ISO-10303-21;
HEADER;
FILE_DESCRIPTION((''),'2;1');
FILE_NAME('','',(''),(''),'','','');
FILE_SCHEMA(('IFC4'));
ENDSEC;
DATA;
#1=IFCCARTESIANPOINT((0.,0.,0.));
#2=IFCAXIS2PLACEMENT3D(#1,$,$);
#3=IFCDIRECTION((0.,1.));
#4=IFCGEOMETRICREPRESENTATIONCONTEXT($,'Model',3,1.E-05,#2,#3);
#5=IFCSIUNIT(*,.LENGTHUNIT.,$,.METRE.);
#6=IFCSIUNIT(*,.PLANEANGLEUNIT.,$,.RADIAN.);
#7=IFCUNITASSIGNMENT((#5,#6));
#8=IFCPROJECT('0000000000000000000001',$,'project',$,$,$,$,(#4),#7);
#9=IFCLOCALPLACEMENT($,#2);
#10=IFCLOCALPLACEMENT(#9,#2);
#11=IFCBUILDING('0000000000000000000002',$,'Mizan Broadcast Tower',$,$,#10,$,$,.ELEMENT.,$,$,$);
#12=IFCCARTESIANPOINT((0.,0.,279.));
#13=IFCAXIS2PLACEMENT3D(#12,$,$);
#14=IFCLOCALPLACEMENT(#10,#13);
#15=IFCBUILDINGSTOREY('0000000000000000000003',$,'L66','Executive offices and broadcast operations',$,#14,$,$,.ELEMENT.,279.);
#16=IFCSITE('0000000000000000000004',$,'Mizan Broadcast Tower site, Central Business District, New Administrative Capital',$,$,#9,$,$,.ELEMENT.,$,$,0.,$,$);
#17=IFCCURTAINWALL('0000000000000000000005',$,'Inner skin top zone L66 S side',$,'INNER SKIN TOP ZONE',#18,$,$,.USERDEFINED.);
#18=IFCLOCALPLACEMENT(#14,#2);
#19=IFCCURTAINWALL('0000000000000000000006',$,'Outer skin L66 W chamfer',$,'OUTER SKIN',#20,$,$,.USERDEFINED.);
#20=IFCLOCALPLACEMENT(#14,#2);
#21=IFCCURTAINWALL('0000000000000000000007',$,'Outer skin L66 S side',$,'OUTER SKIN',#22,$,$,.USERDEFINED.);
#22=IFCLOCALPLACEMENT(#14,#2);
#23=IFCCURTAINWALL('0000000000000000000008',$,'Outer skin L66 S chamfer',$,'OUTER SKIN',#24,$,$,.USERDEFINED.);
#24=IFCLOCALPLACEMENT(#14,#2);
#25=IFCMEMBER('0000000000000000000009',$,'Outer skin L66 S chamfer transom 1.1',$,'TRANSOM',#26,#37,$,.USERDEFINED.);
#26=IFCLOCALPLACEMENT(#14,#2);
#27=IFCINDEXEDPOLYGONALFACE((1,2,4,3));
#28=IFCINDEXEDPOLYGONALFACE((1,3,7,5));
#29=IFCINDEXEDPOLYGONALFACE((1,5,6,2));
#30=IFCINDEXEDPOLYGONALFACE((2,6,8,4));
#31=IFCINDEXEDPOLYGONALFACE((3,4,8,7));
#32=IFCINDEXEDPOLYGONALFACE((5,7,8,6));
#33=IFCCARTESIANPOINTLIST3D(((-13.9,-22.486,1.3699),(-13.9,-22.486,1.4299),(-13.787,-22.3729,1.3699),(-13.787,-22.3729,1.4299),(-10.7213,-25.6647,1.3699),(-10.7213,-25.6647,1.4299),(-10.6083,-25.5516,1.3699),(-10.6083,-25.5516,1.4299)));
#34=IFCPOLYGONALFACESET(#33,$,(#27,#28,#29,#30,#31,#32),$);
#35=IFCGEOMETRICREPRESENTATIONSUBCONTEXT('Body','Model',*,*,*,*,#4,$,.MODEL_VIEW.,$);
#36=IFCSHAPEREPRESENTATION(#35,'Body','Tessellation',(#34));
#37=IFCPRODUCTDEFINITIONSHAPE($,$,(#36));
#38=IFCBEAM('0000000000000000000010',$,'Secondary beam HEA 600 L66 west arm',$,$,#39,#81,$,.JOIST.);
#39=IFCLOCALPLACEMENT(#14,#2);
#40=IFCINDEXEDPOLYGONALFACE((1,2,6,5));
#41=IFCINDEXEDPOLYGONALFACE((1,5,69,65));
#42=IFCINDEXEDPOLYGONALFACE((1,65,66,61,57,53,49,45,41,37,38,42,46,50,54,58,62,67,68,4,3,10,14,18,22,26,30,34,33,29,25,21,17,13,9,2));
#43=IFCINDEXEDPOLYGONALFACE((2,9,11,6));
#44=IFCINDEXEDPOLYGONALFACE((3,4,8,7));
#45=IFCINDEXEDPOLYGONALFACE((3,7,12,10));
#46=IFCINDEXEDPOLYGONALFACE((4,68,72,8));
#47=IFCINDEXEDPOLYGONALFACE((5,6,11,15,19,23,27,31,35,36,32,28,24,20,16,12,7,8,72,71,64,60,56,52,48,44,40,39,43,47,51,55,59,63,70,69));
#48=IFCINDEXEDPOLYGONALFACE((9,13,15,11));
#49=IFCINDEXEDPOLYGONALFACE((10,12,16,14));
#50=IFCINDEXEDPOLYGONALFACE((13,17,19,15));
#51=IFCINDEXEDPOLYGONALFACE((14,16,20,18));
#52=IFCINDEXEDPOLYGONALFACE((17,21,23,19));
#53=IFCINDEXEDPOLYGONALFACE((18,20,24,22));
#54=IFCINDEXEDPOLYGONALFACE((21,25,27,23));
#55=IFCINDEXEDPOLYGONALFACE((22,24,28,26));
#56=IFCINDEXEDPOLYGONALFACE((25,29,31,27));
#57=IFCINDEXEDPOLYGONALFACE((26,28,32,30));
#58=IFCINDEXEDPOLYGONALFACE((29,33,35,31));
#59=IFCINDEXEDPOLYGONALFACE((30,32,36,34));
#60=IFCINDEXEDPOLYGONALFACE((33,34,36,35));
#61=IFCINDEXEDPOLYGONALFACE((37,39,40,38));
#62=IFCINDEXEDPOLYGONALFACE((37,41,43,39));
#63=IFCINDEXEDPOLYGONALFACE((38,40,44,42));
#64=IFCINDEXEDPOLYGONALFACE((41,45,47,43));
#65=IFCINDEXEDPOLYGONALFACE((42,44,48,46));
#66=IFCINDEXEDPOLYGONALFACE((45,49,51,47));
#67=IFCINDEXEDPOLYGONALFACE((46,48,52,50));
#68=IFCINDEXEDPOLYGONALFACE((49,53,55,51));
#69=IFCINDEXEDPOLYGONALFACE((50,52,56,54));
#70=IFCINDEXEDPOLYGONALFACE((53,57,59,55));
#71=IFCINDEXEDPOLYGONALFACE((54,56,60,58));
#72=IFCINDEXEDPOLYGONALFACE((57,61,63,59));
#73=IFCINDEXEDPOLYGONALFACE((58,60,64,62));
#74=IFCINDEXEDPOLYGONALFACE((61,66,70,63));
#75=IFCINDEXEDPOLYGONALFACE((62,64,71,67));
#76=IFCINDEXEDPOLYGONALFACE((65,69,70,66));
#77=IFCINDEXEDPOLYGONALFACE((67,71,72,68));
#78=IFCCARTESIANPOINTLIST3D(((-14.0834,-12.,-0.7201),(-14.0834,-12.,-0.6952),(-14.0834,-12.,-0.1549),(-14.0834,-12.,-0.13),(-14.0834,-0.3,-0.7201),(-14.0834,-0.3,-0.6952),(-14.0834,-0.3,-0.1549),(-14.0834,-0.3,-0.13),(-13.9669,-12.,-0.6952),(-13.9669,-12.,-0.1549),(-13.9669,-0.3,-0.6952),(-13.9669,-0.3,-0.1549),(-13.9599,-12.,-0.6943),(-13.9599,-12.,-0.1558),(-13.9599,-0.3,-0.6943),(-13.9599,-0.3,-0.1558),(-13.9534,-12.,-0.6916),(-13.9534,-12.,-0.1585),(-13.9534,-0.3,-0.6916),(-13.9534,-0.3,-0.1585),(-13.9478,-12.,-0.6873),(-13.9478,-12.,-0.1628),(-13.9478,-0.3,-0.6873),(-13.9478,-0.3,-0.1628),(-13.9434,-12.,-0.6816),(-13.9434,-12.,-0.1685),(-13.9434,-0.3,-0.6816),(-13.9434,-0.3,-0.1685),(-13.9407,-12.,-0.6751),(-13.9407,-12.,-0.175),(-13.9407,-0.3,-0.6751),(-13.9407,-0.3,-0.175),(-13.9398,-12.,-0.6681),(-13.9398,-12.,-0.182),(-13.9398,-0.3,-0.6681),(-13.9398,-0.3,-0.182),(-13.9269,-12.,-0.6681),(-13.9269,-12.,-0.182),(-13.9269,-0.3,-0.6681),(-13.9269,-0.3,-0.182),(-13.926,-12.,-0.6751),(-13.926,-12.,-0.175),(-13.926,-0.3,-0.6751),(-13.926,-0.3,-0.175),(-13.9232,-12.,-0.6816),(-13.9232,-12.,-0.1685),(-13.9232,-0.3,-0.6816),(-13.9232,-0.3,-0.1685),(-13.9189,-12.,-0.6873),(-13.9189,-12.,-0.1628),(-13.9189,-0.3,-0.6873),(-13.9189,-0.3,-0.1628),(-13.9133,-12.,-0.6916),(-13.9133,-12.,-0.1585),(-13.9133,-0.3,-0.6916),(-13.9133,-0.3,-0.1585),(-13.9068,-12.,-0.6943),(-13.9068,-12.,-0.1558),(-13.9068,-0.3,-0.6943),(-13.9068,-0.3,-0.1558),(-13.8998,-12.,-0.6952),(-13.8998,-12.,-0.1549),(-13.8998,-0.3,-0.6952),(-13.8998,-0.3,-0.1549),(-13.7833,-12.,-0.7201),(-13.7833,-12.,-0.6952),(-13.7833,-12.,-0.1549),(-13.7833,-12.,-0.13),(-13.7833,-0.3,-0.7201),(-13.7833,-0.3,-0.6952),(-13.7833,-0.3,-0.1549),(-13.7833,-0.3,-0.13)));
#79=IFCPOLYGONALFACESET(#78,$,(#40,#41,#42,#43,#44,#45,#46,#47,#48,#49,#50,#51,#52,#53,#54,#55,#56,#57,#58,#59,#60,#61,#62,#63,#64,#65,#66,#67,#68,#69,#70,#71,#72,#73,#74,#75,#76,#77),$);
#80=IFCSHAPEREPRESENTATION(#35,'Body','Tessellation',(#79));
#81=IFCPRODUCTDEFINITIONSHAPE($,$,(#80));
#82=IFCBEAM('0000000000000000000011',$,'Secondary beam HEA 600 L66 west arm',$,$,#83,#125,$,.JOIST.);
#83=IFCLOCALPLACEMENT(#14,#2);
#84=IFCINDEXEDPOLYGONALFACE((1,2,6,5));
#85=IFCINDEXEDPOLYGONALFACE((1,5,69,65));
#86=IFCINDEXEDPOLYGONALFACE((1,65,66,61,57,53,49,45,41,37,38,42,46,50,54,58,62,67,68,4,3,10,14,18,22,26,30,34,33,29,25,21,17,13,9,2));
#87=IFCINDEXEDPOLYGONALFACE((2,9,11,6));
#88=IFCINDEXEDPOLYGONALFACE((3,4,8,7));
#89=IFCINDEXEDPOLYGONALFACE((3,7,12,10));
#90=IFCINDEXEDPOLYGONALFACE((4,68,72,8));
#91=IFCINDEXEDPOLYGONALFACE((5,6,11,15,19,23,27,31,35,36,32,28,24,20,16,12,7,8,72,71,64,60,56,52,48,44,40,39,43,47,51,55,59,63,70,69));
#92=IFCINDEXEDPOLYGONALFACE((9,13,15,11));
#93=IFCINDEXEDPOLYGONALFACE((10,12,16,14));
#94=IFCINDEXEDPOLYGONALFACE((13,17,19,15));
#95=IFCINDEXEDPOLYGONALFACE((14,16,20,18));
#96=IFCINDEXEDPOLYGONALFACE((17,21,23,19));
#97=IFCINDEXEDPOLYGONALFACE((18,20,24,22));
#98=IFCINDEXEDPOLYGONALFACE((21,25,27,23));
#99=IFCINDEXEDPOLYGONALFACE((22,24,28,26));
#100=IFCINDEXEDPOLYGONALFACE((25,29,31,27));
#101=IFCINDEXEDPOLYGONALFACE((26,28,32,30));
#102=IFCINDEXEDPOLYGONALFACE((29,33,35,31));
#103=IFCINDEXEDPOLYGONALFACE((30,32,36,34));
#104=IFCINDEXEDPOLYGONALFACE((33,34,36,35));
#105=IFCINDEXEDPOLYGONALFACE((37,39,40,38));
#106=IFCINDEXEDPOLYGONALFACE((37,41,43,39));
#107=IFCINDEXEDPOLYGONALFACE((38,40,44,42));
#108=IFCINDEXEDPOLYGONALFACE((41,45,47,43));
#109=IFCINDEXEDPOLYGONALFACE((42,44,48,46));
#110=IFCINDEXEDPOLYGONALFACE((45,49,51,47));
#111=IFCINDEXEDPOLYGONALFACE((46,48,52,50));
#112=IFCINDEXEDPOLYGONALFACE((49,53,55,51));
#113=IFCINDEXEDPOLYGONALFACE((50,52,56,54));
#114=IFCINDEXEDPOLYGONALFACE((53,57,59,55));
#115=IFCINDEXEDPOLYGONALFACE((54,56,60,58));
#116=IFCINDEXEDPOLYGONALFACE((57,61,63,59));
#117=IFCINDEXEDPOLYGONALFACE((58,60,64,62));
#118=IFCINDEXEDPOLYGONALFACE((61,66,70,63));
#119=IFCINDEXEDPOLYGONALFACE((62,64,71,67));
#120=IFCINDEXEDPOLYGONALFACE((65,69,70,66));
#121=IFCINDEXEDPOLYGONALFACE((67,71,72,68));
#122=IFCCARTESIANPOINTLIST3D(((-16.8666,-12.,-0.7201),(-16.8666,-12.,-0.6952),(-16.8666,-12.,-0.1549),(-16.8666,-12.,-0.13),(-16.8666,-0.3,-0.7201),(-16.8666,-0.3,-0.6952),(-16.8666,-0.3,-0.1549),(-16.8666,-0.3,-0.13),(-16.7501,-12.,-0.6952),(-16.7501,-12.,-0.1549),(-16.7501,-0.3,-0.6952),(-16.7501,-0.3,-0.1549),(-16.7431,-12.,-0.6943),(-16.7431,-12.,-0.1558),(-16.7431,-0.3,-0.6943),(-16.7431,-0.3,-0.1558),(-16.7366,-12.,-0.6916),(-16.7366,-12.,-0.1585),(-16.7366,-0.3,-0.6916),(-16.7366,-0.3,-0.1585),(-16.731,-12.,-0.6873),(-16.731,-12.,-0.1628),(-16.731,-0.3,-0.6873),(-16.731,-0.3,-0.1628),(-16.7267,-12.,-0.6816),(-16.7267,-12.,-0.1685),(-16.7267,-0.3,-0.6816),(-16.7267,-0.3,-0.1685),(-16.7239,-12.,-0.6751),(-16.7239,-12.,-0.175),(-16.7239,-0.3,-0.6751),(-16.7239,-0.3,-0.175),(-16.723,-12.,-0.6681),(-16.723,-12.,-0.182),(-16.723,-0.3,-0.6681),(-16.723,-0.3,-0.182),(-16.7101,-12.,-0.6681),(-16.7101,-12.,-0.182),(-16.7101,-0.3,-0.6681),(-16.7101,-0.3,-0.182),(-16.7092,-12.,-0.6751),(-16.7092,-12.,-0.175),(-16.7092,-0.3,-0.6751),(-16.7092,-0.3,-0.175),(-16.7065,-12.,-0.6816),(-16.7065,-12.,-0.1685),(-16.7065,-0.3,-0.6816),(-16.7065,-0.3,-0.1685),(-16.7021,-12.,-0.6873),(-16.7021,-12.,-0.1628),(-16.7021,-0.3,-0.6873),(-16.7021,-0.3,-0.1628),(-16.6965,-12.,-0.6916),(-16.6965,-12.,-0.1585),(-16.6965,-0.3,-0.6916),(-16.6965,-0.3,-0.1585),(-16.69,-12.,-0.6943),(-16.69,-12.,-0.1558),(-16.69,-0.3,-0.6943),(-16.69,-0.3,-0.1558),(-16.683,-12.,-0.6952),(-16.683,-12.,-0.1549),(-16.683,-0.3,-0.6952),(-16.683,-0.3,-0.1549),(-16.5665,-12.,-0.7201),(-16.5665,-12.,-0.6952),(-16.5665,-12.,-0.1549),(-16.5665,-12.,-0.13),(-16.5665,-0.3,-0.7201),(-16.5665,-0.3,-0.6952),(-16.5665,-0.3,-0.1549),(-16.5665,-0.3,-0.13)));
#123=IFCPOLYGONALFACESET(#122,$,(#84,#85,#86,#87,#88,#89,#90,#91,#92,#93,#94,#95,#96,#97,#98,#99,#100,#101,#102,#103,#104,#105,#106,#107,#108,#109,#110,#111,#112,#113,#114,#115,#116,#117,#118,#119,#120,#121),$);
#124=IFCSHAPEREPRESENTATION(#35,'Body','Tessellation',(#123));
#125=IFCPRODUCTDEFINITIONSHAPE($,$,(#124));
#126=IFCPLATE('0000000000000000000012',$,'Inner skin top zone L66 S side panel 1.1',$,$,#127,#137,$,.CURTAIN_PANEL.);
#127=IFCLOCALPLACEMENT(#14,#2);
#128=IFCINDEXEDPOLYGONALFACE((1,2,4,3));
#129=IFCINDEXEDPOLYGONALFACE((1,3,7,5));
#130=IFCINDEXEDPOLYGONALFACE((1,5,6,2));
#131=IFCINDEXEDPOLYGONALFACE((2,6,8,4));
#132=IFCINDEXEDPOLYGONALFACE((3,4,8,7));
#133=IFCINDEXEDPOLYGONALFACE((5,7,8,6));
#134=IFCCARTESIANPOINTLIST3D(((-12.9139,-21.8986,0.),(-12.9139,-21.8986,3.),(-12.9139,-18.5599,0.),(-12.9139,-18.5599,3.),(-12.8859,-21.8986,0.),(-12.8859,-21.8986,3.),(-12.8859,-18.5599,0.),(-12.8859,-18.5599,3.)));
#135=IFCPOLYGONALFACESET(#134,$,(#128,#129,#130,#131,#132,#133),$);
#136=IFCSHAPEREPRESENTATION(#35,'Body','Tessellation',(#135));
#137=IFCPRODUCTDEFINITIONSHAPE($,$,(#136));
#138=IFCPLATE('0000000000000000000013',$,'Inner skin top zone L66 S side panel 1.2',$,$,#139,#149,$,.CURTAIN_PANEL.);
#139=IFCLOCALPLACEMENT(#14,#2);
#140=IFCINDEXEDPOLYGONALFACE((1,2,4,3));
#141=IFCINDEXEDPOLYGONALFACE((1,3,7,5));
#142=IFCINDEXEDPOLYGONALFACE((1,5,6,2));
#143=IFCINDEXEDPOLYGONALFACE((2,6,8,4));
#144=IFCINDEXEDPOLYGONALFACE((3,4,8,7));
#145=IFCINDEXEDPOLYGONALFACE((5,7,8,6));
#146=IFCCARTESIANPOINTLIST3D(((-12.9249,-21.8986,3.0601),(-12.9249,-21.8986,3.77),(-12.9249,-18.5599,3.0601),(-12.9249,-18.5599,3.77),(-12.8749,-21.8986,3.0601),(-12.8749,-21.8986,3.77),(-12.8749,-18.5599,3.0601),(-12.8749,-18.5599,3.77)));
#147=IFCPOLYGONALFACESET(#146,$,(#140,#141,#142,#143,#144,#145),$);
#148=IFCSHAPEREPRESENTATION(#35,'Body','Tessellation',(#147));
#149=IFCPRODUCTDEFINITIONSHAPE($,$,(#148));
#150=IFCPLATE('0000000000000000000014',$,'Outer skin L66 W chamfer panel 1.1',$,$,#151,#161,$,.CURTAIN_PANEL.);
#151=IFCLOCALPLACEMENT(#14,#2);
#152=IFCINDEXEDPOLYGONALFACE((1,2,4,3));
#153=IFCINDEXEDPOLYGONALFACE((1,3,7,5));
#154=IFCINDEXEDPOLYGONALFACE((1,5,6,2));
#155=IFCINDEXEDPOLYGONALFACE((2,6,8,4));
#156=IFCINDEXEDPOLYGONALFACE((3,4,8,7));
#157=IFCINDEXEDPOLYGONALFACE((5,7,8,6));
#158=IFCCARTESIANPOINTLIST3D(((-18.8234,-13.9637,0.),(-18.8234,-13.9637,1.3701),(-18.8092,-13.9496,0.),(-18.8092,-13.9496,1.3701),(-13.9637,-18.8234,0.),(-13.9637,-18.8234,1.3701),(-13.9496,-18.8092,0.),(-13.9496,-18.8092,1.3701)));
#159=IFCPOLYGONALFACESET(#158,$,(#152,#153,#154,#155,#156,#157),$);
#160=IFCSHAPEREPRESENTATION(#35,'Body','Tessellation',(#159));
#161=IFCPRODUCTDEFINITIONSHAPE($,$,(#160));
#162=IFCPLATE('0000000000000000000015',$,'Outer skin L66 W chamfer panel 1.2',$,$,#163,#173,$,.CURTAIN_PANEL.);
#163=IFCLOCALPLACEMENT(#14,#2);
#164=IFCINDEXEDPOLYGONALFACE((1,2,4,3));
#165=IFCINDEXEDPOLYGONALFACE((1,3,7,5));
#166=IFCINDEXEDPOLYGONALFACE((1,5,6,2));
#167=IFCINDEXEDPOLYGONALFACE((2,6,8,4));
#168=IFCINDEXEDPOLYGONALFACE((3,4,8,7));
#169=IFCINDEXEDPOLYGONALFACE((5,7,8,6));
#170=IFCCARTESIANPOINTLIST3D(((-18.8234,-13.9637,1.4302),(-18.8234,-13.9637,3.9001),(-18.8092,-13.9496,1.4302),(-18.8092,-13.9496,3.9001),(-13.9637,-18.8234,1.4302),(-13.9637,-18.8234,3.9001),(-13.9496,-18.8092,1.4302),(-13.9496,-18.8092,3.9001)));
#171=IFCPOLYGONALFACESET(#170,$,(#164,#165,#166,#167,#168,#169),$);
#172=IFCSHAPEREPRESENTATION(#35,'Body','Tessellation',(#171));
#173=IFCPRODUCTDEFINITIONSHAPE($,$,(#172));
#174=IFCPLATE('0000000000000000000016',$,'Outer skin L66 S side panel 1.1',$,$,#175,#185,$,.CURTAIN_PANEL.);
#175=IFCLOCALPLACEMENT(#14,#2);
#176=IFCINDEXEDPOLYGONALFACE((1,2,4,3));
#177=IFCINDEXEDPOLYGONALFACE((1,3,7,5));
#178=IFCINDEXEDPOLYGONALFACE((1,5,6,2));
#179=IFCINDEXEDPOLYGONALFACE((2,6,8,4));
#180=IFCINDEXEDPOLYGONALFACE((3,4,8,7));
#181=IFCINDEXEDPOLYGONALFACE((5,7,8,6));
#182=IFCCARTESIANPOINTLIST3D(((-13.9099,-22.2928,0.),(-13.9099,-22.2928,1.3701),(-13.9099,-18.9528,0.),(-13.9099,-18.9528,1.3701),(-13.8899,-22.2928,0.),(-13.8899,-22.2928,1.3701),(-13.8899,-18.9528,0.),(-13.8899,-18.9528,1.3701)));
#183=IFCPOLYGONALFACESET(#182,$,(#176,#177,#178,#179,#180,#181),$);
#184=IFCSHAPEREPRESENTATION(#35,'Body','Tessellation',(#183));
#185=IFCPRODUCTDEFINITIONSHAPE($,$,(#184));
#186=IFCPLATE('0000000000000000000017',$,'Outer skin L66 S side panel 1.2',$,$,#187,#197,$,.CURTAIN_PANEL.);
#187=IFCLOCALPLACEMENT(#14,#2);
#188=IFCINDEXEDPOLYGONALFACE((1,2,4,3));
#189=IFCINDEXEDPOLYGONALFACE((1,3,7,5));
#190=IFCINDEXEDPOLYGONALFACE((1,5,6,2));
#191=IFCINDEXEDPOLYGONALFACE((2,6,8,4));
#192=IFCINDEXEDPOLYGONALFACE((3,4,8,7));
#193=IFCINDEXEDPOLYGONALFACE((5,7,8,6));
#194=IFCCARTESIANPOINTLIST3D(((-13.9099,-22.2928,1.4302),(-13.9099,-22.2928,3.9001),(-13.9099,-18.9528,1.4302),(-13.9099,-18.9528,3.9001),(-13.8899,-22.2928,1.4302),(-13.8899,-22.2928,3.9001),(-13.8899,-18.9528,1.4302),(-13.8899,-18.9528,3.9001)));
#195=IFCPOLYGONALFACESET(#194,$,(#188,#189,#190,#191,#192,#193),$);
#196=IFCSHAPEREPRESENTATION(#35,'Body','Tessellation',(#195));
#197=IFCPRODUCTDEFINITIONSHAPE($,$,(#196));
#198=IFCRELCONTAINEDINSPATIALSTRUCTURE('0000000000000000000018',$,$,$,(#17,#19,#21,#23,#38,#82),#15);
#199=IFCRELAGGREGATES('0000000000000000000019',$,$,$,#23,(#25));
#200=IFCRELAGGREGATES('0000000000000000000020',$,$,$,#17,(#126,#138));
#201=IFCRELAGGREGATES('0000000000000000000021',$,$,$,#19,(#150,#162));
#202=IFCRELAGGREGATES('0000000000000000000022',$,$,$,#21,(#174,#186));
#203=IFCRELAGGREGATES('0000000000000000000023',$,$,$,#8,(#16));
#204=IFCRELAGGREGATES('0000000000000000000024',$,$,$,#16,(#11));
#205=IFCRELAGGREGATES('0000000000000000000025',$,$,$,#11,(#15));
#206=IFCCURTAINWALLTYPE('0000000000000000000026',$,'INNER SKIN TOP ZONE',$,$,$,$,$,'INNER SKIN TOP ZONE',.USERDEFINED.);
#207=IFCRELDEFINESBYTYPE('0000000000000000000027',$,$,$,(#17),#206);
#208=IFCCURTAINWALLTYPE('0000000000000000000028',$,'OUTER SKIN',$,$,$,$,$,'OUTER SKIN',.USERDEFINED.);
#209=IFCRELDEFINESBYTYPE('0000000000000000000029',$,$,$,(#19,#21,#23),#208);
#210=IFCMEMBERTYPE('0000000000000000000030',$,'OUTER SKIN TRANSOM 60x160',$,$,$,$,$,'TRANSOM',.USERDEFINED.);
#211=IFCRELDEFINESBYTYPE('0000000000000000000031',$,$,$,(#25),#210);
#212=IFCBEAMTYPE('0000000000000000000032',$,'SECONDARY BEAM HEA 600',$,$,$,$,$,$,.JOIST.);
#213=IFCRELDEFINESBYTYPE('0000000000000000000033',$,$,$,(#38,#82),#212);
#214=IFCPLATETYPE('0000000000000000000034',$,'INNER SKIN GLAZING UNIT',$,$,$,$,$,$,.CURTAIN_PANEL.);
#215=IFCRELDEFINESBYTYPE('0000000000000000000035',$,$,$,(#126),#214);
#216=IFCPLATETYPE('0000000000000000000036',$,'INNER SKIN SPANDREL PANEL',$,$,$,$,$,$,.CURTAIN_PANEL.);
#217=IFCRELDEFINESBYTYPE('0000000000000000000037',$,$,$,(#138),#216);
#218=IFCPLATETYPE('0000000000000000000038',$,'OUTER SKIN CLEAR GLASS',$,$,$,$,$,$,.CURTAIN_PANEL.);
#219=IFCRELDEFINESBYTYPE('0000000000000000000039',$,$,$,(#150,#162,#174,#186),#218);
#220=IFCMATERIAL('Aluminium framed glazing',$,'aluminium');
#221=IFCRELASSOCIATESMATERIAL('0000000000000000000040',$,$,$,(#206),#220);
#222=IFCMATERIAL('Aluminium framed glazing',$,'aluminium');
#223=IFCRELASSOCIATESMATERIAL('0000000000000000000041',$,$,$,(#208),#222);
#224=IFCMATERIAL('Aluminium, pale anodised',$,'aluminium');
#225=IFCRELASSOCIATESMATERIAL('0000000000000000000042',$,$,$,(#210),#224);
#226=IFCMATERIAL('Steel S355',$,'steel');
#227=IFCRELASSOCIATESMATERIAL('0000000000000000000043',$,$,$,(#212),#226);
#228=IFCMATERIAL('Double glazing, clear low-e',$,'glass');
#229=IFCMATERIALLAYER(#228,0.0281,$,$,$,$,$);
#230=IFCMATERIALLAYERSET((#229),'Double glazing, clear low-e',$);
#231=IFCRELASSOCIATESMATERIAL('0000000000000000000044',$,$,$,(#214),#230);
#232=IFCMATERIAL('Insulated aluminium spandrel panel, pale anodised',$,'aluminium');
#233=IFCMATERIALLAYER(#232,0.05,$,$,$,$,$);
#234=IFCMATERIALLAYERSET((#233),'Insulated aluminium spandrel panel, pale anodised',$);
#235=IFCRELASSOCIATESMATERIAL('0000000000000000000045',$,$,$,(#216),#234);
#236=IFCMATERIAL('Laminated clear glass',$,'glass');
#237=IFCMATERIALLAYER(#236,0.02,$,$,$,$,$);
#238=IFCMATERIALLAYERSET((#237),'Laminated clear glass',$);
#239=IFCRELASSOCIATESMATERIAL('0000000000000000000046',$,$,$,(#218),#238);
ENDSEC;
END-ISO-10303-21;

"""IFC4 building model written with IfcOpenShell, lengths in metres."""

from ifc_helpers import new_model, si_unit, direction, frame, origin, origin_2d, place, context, subcontext, project, spatial, rectangle, i_section, extrude, material, layer, layer_set, material_profile, profile_set, type_object, element, aggregate, save


model = new_model("IFC4")

# Units and contexts
model_context = context("Model", 3, precision=1e-05, world=origin(), true_north=direction((0.0, 1.0)))
body_context = subcontext(model_context, "Body", "Model", "MODEL_VIEW")
ifc_project = project(units=[si_unit("LENGTHUNIT", "METRE"), si_unit("PLANEANGLEUNIT", "RADIAN")], contexts=[model_context])

# Site, building, storey
site_placement = place(None, origin())
site = spatial("IfcSite", under=ifc_project, at=site_placement, Name="Mizan Broadcast Tower site, Central Business District, New Administrative Capital", CompositionType="ELEMENT", RefElevation=0.0)
building_placement = place(site_placement, origin())
building = spatial("IfcBuilding", under=site, at=building_placement, Name="Mizan Broadcast Tower", CompositionType="ELEMENT")
storey_placement = place(building_placement, frame((0.0, 0.0, 279.0)))
storey = spatial("IfcBuildingStorey", under=building, at=storey_placement, Name="L66", Description="Executive offices and broadcast operations", CompositionType="ELEMENT", Elevation=279.0)

# Shared definitions
ifc_material_1 = material(Name="Aluminium framed glazing", Category="aluminium")
curtain_wall_type_1 = type_object("IfcCurtainWallType", Name="INNER SKIN TOP ZONE", ElementType="INNER SKIN TOP ZONE", PredefinedType="USERDEFINED", material=ifc_material_1)

# Curtain wall
curtain_wall_1_placement = place(storey_placement, origin())
curtain_wall_1 = element("IfcCurtainWall", 1, at=curtain_wall_1_placement, inside=storey, type_object=curtain_wall_type_1, Name="Inner skin top zone L66 S side", ObjectType="INNER SKIN TOP ZONE", PredefinedType="USERDEFINED")

# Curtain walls
ifc_material_2 = material(Name="Aluminium framed glazing", Category="aluminium")
curtain_wall_type_2 = type_object("IfcCurtainWallType", Name="OUTER SKIN", ElementType="OUTER SKIN", PredefinedType="USERDEFINED", material=ifc_material_2)
curtain_wall_2_placement = place(storey_placement, origin())
curtain_wall_2 = element("IfcCurtainWall", 2, at=curtain_wall_2_placement, inside=storey, type_object=curtain_wall_type_2, Name="Outer skin L66 W chamfer", ObjectType="OUTER SKIN", PredefinedType="USERDEFINED")
curtain_wall_3_placement = place(storey_placement, origin())
curtain_wall_3 = element("IfcCurtainWall", 3, at=curtain_wall_3_placement, inside=storey, type_object=curtain_wall_type_2, Name="Outer skin L66 S side", ObjectType="OUTER SKIN", PredefinedType="USERDEFINED")

# Shared definitions
ifc_material_3 = material(Name="Aluminium, pale anodised", Category="aluminium")
ifc_material_profile_1 = material_profile(ifc_material_3, rectangle(XDim=0.1599, YDim=0.0601, at=origin_2d()), Name="TRANSOM 160x60")
ifc_profile_set_1 = profile_set([ifc_material_profile_1], Name="Aluminium, pale anodised")
member_type_1 = type_object("IfcMemberType", Name="OUTER SKIN TRANSOM 60x160", ElementType="TRANSOM", PredefinedType="USERDEFINED", material=ifc_profile_set_1)

# Curtain wall, member
curtain_wall_4_placement = place(storey_placement, origin())
curtain_wall_4 = element("IfcCurtainWall", 4, at=curtain_wall_4_placement, inside=storey, type_object=curtain_wall_type_2, Name="Outer skin L66 S chamfer", ObjectType="OUTER SKIN", PredefinedType="USERDEFINED")
member_1_placement = place(storey_placement, frame((-13.8435, -22.4294, 1.3999), z_axis=(0.707107, -0.707107, 0.0), x_axis=(0.707107, 0.707107, 0.0)))
member_1 = element("IfcMember", 5, at=member_1_placement, type_object=member_type_1, Name="Outer skin L66 S chamfer transom 1.1", ObjectType="TRANSOM", PredefinedType="USERDEFINED", context=body_context, shape_type="SweptSolid", body=[
    extrude(rectangle(XDim=0.1599, YDim=0.0601, at=origin_2d()), origin(), (0.0, 0.0, 1.0), 4.4954),
])
aggregate(curtain_wall_4, [member_1])

# Beams
ifc_material_4 = material(Name="Steel S355", Category="steel")
ifc_material_profile_2 = material_profile(ifc_material_4, i_section(OverallWidth=0.3, OverallDepth=0.5901, WebThickness=0.0129, FlangeThickness=0.0249, FilletRadius=0.0271, at=origin_2d()), Name="HEA 600")
ifc_profile_set_2 = profile_set([ifc_material_profile_2], Name="Steel S355")
beam_type_1 = type_object("IfcBeamType", Name="SECONDARY BEAM HEA 600", PredefinedType="JOIST", material=ifc_profile_set_2)
for number, where, z_axis, x_axis, name in (
    (6, (-13.9333, -12.0, -0.425), (0.0, 1.0, 0.0), (-1.0, 0.0, 0.0), "Secondary beam HEA 600 L66 west arm"),
    (7, (-16.7166, -12.0, -0.425), (0.0, 1.0, 0.0), (-1.0, 0.0, 0.0), "Secondary beam HEA 600 L66 west arm"),
):
    element("IfcBeam", number, at=place(storey_placement, frame(where, z_axis=z_axis, x_axis=x_axis)), inside=storey, type_object=beam_type_1, Name=name, PredefinedType="JOIST", context=body_context, shape_type="SweptSolid", body=[
        extrude(i_section(OverallWidth=0.3, OverallDepth=0.5901, WebThickness=0.0129, FlangeThickness=0.0249, FilletRadius=0.0271, at=origin_2d()), origin(), (0.0, 0.0, 1.0), 11.7),
    ])

# Plates
ifc_material_5 = material(Name="Double glazing, clear low-e", Category="glass")
ifc_layer_1 = layer(ifc_material_5, 0.0281)
ifc_layer_set_1 = layer_set([ifc_layer_1], Name="Double glazing, clear low-e")
plate_type_1 = type_object("IfcPlateType", Name="INNER SKIN GLAZING UNIT", PredefinedType="CURTAIN_PANEL", material=ifc_layer_set_1)
plate_1_placement = place(storey_placement, frame((-12.8999, -20.2292, 0.0), z_axis=(0.0, 0.0, 1.0), x_axis=(0.0, -1.0, 0.0)))
plate_1 = element("IfcPlate", 8, at=plate_1_placement, type_object=plate_type_1, Name="Inner skin top zone L66 S side panel 1.1", PredefinedType="CURTAIN_PANEL", context=body_context, shape_type="SweptSolid", body=[
    extrude(rectangle(XDim=3.3386, YDim=0.0281, at=origin_2d()), origin(), (0.0, 0.0, 1.0), 3.0),
])
ifc_material_6 = material(Name="Insulated aluminium spandrel panel, pale anodised", Category="aluminium")
ifc_layer_2 = layer(ifc_material_6, 0.05)
ifc_layer_set_2 = layer_set([ifc_layer_2], Name="Insulated aluminium spandrel panel, pale anodised")
plate_type_2 = type_object("IfcPlateType", Name="INNER SKIN SPANDREL PANEL", PredefinedType="CURTAIN_PANEL", material=ifc_layer_set_2)
plate_2_placement = place(storey_placement, frame((-12.8999, -20.2292, 3.0601), z_axis=(0.0, 0.0, 1.0), x_axis=(0.0, -1.0, 0.0)))
plate_2 = element("IfcPlate", 9, at=plate_2_placement, type_object=plate_type_2, Name="Inner skin top zone L66 S side panel 1.2", PredefinedType="CURTAIN_PANEL", context=body_context, shape_type="SweptSolid", body=[
    extrude(rectangle(XDim=3.3386, YDim=0.05, at=origin_2d()), origin(), (0.0, 0.0, 1.0), 0.71),
])
aggregate(curtain_wall_1, [plate_1, plate_2])
ifc_material_7 = material(Name="Laminated clear glass", Category="glass")
ifc_layer_3 = layer(ifc_material_7, 0.02)
ifc_layer_set_3 = layer_set([ifc_layer_3], Name="Laminated clear glass")
plate_type_3 = type_object("IfcPlateType", Name="OUTER SKIN CLEAR GLASS", PredefinedType="CURTAIN_PANEL", material=ifc_layer_set_3)
plate_3_placement = place(storey_placement, frame((-16.3865, -16.3865, 0.0), z_axis=(0.0, 0.0, 1.0), x_axis=(0.707107, -0.707107, 0.0)))
plate_3 = element("IfcPlate", 10, at=plate_3_placement, type_object=plate_type_3, Name="Outer skin L66 W chamfer panel 1.1", PredefinedType="CURTAIN_PANEL", context=body_context, shape_type="SweptSolid", body=[
    extrude(rectangle(XDim=6.8726, YDim=0.02, at=origin_2d()), origin(), (0.0, 0.0, 1.0), 1.3701),
])
plate_4_placement = place(storey_placement, frame((-16.3865, -16.3865, 1.4302), z_axis=(0.0, 0.0, 1.0), x_axis=(0.707107, -0.707107, 0.0)))
plate_4 = element("IfcPlate", 11, at=plate_4_placement, type_object=plate_type_3, Name="Outer skin L66 W chamfer panel 1.2", PredefinedType="CURTAIN_PANEL", context=body_context, shape_type="SweptSolid", body=[
    extrude(rectangle(XDim=6.8726, YDim=0.02, at=origin_2d()), origin(), (0.0, 0.0, 1.0), 2.47),
])
aggregate(curtain_wall_2, [plate_3, plate_4])
plate_5_placement = place(storey_placement, frame((-13.8999, -20.6228, 0.0), z_axis=(0.0, 0.0, 1.0), x_axis=(0.0, -1.0, 0.0)))
plate_5 = element("IfcPlate", 12, at=plate_5_placement, type_object=plate_type_3, Name="Outer skin L66 S side panel 1.1", PredefinedType="CURTAIN_PANEL", context=body_context, shape_type="SweptSolid", body=[
    extrude(rectangle(XDim=3.3401, YDim=0.02, at=origin_2d()), origin(), (0.0, 0.0, 1.0), 1.3701),
])
plate_6_placement = place(storey_placement, frame((-13.8999, -20.6228, 1.4302), z_axis=(0.0, 0.0, 1.0), x_axis=(0.0, -1.0, 0.0)))
plate_6 = element("IfcPlate", 13, at=plate_6_placement, type_object=plate_type_3, Name="Outer skin L66 S side panel 1.2", PredefinedType="CURTAIN_PANEL", context=body_context, shape_type="SweptSolid", body=[
    extrude(rectangle(XDim=3.3401, YDim=0.02, at=origin_2d()), origin(), (0.0, 0.0, 1.0), 2.47),
])
aggregate(curtain_wall_3, [plate_5, plate_6])

save(model, "model.ifc")
